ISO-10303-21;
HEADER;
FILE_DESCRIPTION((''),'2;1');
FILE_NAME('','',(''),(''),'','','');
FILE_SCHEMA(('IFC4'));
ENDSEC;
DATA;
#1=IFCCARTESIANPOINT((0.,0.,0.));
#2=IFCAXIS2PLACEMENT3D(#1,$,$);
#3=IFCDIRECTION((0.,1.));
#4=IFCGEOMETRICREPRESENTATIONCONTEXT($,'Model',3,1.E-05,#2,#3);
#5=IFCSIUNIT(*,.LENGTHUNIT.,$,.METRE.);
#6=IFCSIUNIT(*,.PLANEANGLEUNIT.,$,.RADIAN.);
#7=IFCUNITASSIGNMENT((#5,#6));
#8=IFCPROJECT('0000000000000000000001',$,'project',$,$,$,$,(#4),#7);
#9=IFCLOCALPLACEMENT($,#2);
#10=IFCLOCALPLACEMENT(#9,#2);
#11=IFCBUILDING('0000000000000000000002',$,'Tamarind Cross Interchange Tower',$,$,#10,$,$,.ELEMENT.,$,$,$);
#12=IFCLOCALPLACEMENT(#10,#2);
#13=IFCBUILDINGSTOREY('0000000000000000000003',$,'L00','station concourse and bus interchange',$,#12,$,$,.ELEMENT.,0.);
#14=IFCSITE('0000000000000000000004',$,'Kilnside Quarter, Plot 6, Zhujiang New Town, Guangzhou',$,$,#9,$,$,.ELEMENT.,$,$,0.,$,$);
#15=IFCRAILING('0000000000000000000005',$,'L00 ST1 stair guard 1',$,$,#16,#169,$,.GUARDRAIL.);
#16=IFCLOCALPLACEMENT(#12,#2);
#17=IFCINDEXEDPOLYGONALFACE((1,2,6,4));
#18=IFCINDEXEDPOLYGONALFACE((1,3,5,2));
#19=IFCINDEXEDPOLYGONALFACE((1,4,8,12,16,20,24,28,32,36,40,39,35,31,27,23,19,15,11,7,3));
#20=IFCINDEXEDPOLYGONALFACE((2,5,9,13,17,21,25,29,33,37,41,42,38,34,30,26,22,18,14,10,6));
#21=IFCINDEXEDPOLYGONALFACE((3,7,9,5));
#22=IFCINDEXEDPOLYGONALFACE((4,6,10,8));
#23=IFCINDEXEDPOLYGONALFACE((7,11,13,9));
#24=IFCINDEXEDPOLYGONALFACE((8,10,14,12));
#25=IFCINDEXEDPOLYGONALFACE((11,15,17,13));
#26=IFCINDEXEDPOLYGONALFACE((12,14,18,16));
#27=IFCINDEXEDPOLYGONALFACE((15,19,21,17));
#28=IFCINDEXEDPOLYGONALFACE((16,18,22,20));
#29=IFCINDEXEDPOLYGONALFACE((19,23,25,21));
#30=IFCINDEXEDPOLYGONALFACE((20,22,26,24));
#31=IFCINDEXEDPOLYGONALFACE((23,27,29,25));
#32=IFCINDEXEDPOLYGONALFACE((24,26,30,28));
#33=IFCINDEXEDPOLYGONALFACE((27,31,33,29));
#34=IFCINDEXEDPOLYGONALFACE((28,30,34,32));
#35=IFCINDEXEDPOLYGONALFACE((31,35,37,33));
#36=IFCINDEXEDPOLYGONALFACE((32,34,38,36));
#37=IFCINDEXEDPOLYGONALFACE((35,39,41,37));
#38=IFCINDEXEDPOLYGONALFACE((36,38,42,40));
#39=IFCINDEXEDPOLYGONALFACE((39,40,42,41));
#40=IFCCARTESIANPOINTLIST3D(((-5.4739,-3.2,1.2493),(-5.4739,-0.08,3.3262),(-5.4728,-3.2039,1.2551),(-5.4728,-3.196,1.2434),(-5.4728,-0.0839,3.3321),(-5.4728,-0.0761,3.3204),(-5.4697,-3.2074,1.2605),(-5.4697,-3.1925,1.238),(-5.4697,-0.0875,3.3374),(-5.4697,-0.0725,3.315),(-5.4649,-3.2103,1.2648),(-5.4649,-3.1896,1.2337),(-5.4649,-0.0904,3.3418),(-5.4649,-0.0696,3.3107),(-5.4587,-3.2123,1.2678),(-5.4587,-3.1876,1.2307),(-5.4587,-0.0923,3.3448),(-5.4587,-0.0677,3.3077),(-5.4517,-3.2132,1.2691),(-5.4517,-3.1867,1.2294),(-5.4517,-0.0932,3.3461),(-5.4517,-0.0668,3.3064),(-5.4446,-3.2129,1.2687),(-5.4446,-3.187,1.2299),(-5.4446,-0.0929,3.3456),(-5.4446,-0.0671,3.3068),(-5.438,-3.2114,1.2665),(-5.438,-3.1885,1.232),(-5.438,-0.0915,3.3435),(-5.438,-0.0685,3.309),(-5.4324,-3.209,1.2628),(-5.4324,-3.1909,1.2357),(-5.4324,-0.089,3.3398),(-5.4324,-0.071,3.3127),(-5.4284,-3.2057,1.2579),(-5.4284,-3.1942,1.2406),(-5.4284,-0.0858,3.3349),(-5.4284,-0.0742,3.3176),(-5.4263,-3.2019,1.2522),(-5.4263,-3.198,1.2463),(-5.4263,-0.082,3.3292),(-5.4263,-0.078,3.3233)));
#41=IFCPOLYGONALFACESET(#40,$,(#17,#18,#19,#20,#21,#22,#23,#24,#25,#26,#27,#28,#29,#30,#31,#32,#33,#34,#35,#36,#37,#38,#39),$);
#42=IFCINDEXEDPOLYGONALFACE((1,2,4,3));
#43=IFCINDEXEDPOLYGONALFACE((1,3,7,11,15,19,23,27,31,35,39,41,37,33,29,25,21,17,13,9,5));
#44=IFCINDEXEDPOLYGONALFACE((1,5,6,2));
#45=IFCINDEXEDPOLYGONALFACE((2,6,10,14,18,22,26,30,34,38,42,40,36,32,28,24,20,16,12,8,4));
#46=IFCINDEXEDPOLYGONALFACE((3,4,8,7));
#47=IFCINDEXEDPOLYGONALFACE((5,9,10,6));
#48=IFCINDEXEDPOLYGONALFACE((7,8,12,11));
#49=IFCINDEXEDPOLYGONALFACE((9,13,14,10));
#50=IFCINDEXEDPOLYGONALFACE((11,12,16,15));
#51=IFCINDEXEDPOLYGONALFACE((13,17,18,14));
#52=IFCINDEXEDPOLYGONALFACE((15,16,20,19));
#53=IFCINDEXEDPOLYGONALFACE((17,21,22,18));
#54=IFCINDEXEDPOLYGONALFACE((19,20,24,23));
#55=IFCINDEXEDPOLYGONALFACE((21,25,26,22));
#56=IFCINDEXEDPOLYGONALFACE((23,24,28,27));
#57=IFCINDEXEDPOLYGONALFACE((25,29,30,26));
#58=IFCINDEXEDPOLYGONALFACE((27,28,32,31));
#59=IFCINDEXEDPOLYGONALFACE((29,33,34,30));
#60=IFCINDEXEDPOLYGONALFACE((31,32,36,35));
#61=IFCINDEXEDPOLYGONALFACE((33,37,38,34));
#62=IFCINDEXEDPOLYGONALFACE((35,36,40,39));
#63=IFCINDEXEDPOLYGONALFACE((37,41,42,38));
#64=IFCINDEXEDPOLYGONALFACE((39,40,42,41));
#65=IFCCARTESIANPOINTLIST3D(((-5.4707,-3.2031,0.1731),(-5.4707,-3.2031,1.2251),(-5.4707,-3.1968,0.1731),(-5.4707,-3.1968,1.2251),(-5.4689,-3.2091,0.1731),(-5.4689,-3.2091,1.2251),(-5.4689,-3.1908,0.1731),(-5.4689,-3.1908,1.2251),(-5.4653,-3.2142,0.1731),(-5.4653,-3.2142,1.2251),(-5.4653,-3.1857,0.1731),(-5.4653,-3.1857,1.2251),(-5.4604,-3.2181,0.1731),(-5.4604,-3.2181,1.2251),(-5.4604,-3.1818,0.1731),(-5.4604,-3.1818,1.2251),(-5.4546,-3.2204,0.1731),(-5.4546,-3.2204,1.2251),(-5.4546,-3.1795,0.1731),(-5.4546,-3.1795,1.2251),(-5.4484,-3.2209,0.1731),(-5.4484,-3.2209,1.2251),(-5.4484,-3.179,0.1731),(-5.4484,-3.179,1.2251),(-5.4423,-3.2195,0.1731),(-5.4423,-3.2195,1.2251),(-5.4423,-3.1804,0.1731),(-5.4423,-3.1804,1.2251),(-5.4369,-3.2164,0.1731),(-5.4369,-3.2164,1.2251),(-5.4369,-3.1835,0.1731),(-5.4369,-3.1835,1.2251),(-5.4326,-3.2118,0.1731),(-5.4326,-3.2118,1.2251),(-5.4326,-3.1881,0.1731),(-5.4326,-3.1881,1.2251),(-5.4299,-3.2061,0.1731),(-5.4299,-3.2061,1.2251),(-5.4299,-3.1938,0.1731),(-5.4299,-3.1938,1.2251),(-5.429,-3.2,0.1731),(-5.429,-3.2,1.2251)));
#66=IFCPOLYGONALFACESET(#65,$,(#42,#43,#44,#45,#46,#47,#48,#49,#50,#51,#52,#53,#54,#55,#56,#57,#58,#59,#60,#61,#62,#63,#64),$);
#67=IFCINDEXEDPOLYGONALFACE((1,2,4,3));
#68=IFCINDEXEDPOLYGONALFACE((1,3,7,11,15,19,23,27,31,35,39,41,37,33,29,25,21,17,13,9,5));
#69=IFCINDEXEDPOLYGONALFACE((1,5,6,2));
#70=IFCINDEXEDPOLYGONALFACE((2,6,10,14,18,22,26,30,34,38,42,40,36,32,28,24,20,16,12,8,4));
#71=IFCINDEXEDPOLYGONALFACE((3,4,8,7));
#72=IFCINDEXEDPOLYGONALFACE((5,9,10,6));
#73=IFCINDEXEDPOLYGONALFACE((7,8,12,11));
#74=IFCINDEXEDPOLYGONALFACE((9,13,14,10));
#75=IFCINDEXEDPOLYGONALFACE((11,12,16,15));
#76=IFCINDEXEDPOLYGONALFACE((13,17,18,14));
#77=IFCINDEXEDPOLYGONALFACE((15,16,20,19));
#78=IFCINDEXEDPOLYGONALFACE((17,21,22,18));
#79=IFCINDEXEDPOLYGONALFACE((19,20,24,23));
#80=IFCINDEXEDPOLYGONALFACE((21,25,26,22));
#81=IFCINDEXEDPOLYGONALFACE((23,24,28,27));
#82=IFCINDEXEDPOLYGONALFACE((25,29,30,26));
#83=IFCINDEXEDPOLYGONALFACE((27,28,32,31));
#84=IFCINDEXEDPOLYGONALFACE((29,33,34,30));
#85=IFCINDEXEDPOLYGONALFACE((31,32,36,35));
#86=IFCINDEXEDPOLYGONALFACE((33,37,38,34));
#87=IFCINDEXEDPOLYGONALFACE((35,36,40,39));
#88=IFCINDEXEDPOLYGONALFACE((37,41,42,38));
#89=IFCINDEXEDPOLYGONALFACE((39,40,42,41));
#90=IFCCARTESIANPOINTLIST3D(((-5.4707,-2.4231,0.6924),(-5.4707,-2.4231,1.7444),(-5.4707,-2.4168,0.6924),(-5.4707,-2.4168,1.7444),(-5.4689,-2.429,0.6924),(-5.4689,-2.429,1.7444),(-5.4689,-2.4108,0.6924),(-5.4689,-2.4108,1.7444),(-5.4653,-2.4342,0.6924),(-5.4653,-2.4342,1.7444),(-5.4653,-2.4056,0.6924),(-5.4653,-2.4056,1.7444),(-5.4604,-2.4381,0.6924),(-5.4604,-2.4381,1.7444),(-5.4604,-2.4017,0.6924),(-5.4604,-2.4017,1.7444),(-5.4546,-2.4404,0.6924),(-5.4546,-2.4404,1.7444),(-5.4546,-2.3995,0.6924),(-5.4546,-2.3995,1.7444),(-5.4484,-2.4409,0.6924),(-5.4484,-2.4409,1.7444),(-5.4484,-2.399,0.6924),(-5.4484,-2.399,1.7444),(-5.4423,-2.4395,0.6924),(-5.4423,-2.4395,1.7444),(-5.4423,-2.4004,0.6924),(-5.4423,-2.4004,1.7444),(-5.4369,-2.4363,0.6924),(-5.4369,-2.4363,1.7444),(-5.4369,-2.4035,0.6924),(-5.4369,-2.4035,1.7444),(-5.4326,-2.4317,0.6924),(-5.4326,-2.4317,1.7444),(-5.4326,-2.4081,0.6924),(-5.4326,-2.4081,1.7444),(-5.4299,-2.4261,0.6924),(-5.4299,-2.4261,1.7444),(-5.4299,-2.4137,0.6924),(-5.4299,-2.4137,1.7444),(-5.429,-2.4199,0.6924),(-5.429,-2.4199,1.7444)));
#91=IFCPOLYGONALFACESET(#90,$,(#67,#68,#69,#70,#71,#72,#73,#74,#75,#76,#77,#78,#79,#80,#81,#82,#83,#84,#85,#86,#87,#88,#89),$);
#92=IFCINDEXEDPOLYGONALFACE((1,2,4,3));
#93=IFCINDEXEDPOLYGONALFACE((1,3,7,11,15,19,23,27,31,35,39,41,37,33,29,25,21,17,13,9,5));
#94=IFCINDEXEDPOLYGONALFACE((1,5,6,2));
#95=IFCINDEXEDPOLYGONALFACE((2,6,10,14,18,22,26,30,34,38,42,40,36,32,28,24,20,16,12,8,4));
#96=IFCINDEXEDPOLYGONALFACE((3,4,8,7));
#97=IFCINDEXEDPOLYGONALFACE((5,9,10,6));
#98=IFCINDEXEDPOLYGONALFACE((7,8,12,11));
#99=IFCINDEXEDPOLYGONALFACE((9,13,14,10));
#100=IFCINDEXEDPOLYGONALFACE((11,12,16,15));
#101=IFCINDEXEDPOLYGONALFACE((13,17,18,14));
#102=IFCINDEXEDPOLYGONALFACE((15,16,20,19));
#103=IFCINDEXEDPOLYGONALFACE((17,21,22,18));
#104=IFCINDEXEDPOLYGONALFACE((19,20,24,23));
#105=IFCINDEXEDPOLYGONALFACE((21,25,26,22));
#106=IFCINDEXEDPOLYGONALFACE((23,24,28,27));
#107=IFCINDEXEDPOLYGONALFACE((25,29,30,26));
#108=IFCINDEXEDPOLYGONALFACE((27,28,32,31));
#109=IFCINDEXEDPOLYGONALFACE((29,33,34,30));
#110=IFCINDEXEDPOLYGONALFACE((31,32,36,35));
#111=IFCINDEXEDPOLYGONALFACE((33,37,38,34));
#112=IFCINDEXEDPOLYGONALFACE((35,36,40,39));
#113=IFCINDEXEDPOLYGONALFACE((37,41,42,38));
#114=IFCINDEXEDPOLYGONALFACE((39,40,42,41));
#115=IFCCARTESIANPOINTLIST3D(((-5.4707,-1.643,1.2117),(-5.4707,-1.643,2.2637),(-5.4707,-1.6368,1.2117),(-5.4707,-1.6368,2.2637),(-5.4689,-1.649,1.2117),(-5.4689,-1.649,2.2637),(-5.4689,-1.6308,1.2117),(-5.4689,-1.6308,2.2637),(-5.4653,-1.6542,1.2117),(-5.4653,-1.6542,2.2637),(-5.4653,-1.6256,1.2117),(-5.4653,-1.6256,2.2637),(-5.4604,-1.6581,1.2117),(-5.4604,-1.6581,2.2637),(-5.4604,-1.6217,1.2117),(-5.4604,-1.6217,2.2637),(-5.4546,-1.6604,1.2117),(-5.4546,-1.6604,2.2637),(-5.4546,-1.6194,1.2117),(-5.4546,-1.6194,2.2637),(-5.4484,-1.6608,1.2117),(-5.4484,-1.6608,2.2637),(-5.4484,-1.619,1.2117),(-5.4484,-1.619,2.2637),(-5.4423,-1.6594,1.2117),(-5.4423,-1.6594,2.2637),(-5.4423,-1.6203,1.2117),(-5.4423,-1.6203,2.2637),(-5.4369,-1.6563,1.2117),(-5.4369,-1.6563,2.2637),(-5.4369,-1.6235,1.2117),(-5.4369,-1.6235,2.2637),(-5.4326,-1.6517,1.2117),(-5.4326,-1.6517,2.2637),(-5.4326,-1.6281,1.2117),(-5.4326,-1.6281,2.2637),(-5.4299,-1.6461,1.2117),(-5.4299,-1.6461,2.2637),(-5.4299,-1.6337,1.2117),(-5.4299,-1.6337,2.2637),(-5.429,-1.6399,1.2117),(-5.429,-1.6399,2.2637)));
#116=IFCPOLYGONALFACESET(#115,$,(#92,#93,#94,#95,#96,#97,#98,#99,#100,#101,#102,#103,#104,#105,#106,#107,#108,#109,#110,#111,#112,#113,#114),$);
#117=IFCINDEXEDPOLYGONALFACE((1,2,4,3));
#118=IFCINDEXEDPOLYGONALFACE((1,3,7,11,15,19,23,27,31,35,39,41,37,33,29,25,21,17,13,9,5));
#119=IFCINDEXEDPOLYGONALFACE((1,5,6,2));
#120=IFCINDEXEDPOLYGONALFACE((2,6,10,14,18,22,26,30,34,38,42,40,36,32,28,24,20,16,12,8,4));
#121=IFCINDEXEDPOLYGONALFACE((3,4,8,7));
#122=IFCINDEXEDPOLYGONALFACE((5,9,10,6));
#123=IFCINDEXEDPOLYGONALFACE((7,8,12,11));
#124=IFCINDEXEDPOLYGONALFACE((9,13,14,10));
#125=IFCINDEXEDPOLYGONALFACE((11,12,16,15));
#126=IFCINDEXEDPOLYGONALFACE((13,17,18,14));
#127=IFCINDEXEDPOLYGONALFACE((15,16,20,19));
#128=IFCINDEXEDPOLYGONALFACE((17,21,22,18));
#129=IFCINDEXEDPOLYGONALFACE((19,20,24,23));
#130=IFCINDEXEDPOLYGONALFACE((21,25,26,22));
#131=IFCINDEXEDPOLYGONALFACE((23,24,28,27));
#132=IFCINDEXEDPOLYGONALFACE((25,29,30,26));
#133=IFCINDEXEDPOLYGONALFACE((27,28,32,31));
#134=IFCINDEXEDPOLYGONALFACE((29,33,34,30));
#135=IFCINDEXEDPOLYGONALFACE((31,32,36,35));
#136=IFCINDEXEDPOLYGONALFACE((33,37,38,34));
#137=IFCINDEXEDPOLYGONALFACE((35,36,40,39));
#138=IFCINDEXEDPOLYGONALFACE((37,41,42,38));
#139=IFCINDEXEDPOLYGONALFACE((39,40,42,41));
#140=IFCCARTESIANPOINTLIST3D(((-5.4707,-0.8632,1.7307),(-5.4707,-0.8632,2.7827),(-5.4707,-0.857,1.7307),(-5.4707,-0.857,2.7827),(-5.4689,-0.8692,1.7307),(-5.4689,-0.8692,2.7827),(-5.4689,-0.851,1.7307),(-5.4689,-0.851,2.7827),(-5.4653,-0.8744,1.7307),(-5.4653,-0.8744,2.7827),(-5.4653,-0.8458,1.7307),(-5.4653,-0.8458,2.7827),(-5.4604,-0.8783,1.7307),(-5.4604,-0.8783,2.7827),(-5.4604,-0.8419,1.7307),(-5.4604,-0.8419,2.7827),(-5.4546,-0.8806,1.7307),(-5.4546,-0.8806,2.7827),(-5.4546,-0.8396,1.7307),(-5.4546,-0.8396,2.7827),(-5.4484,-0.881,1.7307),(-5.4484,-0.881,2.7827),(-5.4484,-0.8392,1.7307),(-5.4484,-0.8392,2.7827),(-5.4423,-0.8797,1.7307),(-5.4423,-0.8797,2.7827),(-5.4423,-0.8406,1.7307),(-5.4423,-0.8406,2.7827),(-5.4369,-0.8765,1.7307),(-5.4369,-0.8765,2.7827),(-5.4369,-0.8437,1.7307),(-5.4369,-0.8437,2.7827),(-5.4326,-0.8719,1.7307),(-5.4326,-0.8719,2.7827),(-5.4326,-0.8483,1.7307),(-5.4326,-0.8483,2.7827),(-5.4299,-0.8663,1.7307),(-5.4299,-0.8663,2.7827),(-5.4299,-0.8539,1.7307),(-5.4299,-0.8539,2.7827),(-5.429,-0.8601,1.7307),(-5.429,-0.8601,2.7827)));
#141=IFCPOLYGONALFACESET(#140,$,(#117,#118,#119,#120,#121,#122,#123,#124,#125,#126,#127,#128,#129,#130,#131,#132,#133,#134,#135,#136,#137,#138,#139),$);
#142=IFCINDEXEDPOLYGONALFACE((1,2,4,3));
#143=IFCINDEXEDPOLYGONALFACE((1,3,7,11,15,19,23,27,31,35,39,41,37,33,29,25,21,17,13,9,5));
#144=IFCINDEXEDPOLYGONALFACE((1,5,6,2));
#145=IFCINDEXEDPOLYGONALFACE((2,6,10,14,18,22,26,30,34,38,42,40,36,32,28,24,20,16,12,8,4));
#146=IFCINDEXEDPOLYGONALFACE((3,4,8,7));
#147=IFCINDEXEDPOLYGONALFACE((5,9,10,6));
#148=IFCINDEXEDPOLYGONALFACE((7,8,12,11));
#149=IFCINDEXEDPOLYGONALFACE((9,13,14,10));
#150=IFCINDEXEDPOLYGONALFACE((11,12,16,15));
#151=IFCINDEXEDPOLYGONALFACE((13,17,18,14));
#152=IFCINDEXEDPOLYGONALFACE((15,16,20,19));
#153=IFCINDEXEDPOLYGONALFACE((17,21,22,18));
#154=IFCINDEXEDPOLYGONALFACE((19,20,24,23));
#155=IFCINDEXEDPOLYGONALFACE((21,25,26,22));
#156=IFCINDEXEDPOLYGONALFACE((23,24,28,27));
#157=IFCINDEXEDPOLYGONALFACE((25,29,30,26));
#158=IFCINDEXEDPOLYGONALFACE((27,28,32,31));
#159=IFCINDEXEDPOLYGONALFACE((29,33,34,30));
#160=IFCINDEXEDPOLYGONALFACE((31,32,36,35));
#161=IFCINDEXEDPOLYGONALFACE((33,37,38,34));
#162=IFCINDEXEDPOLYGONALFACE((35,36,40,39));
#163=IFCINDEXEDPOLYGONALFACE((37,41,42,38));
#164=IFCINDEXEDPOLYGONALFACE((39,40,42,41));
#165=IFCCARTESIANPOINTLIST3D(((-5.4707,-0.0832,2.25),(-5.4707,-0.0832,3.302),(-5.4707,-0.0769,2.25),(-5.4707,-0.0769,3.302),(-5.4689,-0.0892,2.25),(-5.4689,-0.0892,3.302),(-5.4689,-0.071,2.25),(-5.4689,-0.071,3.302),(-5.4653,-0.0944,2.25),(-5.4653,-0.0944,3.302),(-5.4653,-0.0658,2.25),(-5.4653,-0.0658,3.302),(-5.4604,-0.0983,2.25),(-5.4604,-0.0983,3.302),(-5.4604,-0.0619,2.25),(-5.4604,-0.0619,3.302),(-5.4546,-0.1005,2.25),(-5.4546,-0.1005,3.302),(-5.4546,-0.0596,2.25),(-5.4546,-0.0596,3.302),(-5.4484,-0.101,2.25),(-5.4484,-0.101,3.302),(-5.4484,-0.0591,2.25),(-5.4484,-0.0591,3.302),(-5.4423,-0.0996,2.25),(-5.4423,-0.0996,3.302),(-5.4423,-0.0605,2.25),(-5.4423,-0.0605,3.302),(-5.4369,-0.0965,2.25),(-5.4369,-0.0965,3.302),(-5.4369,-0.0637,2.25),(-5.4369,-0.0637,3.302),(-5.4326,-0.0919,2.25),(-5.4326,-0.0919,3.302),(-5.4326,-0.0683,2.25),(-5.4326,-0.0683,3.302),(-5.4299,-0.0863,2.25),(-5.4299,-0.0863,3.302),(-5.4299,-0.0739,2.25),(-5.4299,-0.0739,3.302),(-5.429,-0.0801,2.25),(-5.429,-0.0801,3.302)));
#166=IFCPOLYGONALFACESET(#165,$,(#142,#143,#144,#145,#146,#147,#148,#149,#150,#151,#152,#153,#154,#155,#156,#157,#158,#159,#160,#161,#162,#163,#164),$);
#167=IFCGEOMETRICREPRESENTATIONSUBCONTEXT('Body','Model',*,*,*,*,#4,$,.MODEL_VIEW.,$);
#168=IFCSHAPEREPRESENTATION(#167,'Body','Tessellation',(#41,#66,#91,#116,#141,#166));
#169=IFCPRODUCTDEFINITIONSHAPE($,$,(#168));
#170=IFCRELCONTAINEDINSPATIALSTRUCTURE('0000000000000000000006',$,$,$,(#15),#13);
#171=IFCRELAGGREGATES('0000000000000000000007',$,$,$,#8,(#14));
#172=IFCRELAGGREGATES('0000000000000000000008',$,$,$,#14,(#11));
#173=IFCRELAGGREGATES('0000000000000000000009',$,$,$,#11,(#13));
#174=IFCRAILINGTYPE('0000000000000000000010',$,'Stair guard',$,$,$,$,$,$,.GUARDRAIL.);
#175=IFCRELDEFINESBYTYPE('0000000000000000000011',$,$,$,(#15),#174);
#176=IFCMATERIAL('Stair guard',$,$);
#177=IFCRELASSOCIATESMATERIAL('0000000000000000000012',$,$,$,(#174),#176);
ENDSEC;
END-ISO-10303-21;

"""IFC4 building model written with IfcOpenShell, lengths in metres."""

from ifc_helpers import new_model, si_unit, direction, frame, origin, origin_2d, place, context, subcontext, project, spatial, circle, extrude, material, type_object, element, save


model = new_model("IFC4")

# Units and contexts
model_context = context("Model", 3, precision=1e-05, world=origin(), true_north=direction((0.0, 1.0)))
body_context = subcontext(model_context, "Body", "Model", "MODEL_VIEW")
ifc_project = project(units=[si_unit("LENGTHUNIT", "METRE"), si_unit("PLANEANGLEUNIT", "RADIAN")], contexts=[model_context])

# Site, building, storey
site_placement = place(None, origin())
site = spatial("IfcSite", under=ifc_project, at=site_placement, Name="Kilnside Quarter, Plot 6, Zhujiang New Town, Guangzhou", CompositionType="ELEMENT", RefElevation=0.0)
building_placement = place(site_placement, origin())
building = spatial("IfcBuilding", under=site, at=building_placement, Name="Tamarind Cross Interchange Tower", CompositionType="ELEMENT")
storey_placement = place(building_placement, origin())
storey = spatial("IfcBuildingStorey", under=building, at=storey_placement, Name="L00", Description="station concourse and bus interchange", CompositionType="ELEMENT", Elevation=0.0)

# Railing
ifc_material_1 = material(Name="Stair guard")
railing_type_1 = type_object("IfcRailingType", Name="Stair guard", PredefinedType="GUARDRAIL", material=ifc_material_1)
railing_1_placement = place(storey_placement, frame((-5.45, -3.2, 0.1731)))
element("IfcRailing", 1, at=railing_1_placement, inside=storey, type_object=railing_type_1, Name="L00 ST1 stair guard 1", PredefinedType="GUARDRAIL", context=body_context, shape_type="SweptSolid", body=[
    extrude(circle(Radius=0.0239, at=origin_2d()), frame((0.0, 0.0, 1.0762), z_axis=(0.0, 0.832421, 0.554144), x_axis=(-1.0, 0.0, 0.0)), (0.0, 0.0, 1.0), 3.748),
    extrude(circle(Radius=0.021, at=origin_2d()), origin(), (0.0, 0.0, 1.0), 1.052),
    extrude(circle(Radius=0.021, at=origin_2d()), frame((0.0, 0.78, 0.5193)), (0.0, 0.0, 1.0), 1.052),
    extrude(circle(Radius=0.021, at=origin_2d()), frame((0.0, 1.5601, 1.0386)), (0.0, 0.0, 1.0), 1.052),
    extrude(circle(Radius=0.021, at=origin_2d()), frame((0.0, 2.3398, 1.5576)), (0.0, 0.0, 1.0), 1.052),
    extrude(circle(Radius=0.021, at=origin_2d()), frame((0.0, 3.1199, 2.0769)), (0.0, 0.0, 1.0), 1.052),
])

save(model, "model.ifc")
